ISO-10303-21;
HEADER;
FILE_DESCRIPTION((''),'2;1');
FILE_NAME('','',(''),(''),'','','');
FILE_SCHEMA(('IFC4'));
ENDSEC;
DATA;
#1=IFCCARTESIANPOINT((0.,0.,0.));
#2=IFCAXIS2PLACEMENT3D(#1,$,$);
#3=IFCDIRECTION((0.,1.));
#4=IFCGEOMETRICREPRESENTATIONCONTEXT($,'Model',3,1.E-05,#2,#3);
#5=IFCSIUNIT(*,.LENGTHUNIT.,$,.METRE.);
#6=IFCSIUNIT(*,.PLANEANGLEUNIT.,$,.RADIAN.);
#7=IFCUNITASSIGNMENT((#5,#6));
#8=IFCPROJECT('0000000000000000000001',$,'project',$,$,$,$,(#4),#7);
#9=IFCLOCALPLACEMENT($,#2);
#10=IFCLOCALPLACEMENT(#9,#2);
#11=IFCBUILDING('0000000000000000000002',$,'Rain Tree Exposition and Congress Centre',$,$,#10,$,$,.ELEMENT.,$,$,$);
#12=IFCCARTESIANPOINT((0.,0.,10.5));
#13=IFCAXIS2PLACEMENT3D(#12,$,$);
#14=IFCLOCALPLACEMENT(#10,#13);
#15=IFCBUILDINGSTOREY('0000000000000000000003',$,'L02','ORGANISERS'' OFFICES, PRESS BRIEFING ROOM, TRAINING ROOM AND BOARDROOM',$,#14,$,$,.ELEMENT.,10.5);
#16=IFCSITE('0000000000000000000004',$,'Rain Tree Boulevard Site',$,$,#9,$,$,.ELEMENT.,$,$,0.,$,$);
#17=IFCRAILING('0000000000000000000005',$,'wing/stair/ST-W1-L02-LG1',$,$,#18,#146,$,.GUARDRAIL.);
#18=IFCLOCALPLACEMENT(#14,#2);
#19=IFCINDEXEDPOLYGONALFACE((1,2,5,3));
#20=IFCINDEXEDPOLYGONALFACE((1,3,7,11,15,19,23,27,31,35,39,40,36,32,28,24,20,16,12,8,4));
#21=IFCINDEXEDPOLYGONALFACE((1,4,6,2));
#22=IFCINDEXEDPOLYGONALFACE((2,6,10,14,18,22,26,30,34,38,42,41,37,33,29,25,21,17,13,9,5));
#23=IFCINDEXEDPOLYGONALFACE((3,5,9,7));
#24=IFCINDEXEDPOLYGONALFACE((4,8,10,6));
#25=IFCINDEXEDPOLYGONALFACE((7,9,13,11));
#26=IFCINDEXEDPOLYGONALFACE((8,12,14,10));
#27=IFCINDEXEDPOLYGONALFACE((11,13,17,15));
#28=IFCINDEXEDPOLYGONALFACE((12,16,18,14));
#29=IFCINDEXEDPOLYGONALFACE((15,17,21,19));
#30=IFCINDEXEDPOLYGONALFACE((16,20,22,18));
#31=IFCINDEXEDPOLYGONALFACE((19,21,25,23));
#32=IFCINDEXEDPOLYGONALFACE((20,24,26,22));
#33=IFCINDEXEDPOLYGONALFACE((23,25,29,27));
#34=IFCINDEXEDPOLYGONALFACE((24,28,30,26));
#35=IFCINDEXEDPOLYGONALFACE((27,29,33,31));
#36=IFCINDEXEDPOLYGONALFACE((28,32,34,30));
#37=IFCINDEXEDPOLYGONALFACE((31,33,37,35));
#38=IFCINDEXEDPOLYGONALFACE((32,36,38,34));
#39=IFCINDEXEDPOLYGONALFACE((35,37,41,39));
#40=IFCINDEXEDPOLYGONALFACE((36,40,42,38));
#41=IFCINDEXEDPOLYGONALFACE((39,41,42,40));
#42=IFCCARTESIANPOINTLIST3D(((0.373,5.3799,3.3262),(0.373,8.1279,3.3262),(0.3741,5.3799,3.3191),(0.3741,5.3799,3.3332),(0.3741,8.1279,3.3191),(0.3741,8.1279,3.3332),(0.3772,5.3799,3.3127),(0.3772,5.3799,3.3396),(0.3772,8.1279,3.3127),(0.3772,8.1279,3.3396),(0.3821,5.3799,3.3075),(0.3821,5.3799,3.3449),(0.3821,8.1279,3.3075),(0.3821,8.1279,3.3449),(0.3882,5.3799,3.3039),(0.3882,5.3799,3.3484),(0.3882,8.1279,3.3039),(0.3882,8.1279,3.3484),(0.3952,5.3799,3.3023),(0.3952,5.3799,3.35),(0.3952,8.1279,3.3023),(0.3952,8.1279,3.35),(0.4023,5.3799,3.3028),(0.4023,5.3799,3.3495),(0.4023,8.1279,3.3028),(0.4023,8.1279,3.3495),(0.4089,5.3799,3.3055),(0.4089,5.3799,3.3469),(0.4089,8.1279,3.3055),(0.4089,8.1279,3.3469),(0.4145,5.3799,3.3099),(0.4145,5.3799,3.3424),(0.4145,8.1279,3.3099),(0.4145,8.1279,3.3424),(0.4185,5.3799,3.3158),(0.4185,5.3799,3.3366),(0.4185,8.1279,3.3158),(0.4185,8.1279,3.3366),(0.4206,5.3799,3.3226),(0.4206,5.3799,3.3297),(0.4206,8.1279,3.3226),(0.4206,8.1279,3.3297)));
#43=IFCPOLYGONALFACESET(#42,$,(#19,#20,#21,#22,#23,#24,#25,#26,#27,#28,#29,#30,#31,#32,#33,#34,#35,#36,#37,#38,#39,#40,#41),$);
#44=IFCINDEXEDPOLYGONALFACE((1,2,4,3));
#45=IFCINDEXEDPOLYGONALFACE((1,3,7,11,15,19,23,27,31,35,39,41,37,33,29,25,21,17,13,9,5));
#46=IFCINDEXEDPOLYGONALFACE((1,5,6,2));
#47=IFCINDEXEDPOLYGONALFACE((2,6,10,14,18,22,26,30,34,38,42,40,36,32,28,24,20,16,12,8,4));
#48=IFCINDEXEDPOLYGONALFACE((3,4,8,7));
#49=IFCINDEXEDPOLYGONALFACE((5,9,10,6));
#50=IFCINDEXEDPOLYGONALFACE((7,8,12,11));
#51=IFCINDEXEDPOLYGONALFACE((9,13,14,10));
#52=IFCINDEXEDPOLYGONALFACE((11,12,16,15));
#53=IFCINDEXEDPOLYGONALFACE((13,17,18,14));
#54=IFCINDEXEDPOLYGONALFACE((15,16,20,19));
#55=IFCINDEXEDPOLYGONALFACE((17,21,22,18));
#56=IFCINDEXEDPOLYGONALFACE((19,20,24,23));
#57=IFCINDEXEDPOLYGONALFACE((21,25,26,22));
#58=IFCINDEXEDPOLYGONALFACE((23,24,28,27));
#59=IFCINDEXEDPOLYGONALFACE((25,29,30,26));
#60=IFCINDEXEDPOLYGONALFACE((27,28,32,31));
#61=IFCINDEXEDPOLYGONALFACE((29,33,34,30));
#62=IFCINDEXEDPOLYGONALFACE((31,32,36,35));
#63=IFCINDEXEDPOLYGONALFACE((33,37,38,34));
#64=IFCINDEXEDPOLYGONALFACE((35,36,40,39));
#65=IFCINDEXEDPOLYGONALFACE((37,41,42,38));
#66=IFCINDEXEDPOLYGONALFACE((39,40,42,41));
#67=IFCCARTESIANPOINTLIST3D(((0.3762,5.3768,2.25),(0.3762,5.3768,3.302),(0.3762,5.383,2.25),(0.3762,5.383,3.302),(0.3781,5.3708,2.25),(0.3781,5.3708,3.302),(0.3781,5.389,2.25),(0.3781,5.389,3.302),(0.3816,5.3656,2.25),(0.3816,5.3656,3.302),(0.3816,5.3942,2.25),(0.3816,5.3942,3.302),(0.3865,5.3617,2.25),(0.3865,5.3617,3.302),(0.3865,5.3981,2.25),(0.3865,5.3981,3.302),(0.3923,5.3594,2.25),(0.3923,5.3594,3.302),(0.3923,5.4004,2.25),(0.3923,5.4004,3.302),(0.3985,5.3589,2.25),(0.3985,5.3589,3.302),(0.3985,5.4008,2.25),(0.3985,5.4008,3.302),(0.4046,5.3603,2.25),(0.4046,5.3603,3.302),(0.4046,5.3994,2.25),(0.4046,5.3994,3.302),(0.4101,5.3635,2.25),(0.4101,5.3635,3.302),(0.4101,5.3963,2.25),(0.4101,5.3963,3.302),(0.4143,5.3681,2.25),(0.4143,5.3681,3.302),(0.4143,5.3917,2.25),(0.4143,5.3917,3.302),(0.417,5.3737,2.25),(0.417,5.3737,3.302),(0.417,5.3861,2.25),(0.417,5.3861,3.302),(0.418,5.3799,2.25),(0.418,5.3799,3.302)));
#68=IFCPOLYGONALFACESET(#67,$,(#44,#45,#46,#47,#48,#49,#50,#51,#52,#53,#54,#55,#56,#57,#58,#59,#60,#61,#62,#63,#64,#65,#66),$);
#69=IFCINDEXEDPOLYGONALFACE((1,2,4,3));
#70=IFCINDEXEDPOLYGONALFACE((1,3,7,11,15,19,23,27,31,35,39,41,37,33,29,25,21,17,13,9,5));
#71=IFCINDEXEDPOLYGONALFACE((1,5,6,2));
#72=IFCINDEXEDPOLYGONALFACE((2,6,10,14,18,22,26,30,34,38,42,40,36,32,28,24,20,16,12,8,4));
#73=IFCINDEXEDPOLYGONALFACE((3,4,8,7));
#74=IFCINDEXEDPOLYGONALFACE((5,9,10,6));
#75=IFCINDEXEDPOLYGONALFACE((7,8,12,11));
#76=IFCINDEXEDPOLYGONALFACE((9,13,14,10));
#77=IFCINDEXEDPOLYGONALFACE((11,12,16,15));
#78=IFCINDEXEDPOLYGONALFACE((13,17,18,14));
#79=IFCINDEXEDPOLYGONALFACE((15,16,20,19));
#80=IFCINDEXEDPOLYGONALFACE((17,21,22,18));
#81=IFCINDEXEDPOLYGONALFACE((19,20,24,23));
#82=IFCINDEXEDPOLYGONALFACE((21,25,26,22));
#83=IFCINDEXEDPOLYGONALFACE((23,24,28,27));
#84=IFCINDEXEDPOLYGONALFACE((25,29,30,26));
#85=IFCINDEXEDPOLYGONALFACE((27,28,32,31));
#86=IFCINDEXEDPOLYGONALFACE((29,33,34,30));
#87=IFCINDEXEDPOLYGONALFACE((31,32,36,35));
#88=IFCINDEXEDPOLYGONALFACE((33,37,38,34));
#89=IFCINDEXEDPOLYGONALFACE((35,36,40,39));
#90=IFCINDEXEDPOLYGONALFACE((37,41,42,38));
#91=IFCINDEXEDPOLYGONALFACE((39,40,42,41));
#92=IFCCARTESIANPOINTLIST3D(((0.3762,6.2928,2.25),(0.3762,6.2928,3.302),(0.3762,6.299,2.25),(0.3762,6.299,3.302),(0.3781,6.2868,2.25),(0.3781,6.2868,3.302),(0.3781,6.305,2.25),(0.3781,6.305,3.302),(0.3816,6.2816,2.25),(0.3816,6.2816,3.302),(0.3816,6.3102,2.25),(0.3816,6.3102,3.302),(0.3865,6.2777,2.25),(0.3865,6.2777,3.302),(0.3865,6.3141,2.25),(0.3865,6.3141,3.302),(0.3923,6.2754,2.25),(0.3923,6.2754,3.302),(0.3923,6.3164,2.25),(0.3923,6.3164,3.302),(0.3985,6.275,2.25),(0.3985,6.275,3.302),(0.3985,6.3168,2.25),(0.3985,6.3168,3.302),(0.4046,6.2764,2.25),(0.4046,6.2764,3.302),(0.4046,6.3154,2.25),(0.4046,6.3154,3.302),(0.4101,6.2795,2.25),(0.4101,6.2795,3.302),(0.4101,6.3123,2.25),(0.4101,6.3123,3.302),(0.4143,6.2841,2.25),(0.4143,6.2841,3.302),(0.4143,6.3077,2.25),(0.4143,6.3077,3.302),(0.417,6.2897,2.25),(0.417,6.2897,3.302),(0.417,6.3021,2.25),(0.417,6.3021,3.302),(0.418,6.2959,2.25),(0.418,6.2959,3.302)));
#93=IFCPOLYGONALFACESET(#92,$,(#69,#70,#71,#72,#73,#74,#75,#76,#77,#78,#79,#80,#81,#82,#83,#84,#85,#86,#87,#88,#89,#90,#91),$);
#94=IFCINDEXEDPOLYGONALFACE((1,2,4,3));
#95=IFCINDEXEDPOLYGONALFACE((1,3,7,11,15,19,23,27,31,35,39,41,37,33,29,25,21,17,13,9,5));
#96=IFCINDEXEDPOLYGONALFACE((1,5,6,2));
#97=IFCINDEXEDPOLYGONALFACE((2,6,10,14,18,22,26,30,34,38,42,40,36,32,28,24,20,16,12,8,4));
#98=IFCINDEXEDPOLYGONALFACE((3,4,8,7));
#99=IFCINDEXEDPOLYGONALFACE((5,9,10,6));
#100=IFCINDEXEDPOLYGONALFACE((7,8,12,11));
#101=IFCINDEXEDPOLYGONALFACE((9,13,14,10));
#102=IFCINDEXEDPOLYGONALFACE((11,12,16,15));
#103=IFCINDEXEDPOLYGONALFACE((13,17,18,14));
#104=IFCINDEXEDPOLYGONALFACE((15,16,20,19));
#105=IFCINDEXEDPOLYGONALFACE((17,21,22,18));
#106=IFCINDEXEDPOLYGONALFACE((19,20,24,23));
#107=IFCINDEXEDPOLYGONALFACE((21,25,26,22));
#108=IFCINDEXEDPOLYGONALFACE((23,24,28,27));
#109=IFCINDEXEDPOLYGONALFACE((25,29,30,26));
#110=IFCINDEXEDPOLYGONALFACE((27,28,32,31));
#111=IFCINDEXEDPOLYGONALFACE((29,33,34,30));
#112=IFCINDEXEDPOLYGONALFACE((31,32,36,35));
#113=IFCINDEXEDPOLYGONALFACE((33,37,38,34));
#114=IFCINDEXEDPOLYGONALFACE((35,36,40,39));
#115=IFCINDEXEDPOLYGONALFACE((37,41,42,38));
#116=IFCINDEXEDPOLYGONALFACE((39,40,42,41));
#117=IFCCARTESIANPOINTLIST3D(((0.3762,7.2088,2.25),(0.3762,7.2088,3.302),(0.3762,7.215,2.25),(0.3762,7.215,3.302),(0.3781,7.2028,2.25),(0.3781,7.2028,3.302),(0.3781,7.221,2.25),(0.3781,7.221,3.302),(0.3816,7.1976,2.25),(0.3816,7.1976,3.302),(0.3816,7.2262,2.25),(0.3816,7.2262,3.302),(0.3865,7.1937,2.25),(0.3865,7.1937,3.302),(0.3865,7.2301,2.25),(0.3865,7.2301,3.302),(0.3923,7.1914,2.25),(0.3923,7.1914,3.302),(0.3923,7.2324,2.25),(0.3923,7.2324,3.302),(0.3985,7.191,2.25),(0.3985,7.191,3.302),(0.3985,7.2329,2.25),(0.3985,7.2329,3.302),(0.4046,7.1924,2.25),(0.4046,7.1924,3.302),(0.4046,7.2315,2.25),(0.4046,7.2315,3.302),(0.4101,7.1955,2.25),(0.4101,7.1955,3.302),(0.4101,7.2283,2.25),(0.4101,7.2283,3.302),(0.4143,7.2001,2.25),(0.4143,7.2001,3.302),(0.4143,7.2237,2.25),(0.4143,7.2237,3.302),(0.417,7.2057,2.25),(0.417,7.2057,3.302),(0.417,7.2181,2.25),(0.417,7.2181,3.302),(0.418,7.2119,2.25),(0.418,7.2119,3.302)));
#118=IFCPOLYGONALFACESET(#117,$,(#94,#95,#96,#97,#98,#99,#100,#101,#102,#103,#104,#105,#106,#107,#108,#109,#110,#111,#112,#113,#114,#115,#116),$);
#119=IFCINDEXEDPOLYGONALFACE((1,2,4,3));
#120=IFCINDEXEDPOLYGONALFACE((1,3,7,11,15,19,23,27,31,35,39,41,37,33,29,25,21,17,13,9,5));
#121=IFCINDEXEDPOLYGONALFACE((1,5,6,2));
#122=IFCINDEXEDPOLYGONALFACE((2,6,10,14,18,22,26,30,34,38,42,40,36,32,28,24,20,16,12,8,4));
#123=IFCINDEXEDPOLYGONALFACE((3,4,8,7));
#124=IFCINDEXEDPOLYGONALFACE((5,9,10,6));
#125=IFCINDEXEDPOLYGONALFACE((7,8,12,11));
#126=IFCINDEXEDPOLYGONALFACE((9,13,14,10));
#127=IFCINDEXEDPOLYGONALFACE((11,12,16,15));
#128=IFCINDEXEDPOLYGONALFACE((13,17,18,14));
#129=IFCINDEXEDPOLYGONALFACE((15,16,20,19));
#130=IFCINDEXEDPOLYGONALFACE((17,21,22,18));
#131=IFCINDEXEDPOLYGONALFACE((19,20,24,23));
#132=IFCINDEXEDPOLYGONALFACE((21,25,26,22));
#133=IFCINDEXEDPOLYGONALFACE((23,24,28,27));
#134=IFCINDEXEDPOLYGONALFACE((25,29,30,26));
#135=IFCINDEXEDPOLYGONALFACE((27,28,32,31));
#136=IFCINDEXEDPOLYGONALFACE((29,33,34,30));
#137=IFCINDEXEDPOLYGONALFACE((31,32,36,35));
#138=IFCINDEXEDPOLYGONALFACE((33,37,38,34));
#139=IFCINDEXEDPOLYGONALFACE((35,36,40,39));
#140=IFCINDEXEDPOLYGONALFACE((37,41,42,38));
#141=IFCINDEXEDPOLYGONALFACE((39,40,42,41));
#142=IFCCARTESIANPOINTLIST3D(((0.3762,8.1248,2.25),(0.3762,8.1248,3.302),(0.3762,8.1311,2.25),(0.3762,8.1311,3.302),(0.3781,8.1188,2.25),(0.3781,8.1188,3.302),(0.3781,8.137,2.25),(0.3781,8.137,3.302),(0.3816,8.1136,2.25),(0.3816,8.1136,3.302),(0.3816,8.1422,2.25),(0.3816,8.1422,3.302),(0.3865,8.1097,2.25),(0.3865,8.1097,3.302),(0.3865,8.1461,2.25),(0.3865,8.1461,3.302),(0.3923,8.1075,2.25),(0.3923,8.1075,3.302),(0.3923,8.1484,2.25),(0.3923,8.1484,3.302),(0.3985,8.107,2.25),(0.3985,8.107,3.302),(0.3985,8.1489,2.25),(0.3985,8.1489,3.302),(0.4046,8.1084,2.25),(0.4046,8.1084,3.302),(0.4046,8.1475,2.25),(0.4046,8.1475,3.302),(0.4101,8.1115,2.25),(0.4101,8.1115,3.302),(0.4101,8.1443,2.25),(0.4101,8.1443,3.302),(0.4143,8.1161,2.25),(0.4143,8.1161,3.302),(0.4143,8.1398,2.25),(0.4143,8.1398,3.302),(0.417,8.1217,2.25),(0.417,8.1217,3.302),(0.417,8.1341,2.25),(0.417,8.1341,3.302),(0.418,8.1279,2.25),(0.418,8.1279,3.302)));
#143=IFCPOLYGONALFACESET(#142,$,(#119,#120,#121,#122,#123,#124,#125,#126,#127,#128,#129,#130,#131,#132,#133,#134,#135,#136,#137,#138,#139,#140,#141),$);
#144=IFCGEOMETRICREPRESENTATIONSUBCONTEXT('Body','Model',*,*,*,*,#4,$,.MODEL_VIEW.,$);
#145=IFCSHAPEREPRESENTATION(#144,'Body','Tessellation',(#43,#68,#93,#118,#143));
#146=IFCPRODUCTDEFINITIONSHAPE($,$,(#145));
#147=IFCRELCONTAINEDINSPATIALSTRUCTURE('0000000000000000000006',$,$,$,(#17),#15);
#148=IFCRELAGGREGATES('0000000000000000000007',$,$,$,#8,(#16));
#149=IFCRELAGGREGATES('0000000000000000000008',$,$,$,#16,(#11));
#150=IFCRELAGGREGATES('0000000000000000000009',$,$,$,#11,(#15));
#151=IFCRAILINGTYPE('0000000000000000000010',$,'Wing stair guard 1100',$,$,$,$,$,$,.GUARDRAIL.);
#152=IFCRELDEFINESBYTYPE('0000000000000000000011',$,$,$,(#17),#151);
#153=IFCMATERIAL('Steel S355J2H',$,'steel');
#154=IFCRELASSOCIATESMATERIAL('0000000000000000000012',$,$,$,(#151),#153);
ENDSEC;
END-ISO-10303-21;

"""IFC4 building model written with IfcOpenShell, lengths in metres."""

from ifc_helpers import new_model, si_unit, direction, frame, origin, origin_2d, place, context, subcontext, project, spatial, circle, extrude, material, type_object, element, save


model = new_model("IFC4")

# Units and contexts
model_context = context("Model", 3, precision=1e-05, world=origin(), true_north=direction((0.0, 1.0)))
body_context = subcontext(model_context, "Body", "Model", "MODEL_VIEW")
ifc_project = project(units=[si_unit("LENGTHUNIT", "METRE"), si_unit("PLANEANGLEUNIT", "RADIAN")], contexts=[model_context])

# Site, building, storey
site_placement = place(None, origin())
site = spatial("IfcSite", under=ifc_project, at=site_placement, Name="Rain Tree Boulevard Site", CompositionType="ELEMENT", RefElevation=0.0)
building_placement = place(site_placement, origin())
building = spatial("IfcBuilding", under=site, at=building_placement, Name="Rain Tree Exposition and Congress Centre", CompositionType="ELEMENT")
storey_placement = place(building_placement, frame((0.0, 0.0, 10.5)))
storey = spatial("IfcBuildingStorey", under=building, at=storey_placement, Name="L02", Description="ORGANISERS' OFFICES, PRESS BRIEFING ROOM, TRAINING ROOM AND BOARDROOM", CompositionType="ELEMENT", Elevation=10.5)

# Railing
ifc_material_1 = material(Name="Steel S355J2H", Category="steel")
railing_type_1 = type_object("IfcRailingType", Name="Wing stair guard 1100", PredefinedType="GUARDRAIL", material=ifc_material_1)
railing_1_placement = place(storey_placement, frame((0.397, 5.3799, 2.25)))
element("IfcRailing", 1, at=railing_1_placement, inside=storey, type_object=railing_type_1, Name="wing/stair/ST-W1-L02-LG1", PredefinedType="GUARDRAIL", context=body_context, shape_type="SweptSolid", body=[
    extrude(circle(Radius=0.0239, at=origin_2d()), frame((0.0, 0.0, 1.0762), z_axis=(0.0, 1.0, 0.0), x_axis=(-1.0, 0.0, 0.0)), (0.0, 0.0, 1.0), 2.748),
    extrude(circle(Radius=0.021, at=origin_2d()), origin(), (0.0, 0.0, 1.0), 1.052),
    extrude(circle(Radius=0.021, at=origin_2d()), frame((0.0, 0.916, 0.0)), (0.0, 0.0, 1.0), 1.052),
    extrude(circle(Radius=0.021, at=origin_2d()), frame((0.0, 1.832, 0.0)), (0.0, 0.0, 1.0), 1.052),
    extrude(circle(Radius=0.021, at=origin_2d()), frame((0.0, 2.748, 0.0)), (0.0, 0.0, 1.0), 1.052),
])

save(model, "model.ifc")
